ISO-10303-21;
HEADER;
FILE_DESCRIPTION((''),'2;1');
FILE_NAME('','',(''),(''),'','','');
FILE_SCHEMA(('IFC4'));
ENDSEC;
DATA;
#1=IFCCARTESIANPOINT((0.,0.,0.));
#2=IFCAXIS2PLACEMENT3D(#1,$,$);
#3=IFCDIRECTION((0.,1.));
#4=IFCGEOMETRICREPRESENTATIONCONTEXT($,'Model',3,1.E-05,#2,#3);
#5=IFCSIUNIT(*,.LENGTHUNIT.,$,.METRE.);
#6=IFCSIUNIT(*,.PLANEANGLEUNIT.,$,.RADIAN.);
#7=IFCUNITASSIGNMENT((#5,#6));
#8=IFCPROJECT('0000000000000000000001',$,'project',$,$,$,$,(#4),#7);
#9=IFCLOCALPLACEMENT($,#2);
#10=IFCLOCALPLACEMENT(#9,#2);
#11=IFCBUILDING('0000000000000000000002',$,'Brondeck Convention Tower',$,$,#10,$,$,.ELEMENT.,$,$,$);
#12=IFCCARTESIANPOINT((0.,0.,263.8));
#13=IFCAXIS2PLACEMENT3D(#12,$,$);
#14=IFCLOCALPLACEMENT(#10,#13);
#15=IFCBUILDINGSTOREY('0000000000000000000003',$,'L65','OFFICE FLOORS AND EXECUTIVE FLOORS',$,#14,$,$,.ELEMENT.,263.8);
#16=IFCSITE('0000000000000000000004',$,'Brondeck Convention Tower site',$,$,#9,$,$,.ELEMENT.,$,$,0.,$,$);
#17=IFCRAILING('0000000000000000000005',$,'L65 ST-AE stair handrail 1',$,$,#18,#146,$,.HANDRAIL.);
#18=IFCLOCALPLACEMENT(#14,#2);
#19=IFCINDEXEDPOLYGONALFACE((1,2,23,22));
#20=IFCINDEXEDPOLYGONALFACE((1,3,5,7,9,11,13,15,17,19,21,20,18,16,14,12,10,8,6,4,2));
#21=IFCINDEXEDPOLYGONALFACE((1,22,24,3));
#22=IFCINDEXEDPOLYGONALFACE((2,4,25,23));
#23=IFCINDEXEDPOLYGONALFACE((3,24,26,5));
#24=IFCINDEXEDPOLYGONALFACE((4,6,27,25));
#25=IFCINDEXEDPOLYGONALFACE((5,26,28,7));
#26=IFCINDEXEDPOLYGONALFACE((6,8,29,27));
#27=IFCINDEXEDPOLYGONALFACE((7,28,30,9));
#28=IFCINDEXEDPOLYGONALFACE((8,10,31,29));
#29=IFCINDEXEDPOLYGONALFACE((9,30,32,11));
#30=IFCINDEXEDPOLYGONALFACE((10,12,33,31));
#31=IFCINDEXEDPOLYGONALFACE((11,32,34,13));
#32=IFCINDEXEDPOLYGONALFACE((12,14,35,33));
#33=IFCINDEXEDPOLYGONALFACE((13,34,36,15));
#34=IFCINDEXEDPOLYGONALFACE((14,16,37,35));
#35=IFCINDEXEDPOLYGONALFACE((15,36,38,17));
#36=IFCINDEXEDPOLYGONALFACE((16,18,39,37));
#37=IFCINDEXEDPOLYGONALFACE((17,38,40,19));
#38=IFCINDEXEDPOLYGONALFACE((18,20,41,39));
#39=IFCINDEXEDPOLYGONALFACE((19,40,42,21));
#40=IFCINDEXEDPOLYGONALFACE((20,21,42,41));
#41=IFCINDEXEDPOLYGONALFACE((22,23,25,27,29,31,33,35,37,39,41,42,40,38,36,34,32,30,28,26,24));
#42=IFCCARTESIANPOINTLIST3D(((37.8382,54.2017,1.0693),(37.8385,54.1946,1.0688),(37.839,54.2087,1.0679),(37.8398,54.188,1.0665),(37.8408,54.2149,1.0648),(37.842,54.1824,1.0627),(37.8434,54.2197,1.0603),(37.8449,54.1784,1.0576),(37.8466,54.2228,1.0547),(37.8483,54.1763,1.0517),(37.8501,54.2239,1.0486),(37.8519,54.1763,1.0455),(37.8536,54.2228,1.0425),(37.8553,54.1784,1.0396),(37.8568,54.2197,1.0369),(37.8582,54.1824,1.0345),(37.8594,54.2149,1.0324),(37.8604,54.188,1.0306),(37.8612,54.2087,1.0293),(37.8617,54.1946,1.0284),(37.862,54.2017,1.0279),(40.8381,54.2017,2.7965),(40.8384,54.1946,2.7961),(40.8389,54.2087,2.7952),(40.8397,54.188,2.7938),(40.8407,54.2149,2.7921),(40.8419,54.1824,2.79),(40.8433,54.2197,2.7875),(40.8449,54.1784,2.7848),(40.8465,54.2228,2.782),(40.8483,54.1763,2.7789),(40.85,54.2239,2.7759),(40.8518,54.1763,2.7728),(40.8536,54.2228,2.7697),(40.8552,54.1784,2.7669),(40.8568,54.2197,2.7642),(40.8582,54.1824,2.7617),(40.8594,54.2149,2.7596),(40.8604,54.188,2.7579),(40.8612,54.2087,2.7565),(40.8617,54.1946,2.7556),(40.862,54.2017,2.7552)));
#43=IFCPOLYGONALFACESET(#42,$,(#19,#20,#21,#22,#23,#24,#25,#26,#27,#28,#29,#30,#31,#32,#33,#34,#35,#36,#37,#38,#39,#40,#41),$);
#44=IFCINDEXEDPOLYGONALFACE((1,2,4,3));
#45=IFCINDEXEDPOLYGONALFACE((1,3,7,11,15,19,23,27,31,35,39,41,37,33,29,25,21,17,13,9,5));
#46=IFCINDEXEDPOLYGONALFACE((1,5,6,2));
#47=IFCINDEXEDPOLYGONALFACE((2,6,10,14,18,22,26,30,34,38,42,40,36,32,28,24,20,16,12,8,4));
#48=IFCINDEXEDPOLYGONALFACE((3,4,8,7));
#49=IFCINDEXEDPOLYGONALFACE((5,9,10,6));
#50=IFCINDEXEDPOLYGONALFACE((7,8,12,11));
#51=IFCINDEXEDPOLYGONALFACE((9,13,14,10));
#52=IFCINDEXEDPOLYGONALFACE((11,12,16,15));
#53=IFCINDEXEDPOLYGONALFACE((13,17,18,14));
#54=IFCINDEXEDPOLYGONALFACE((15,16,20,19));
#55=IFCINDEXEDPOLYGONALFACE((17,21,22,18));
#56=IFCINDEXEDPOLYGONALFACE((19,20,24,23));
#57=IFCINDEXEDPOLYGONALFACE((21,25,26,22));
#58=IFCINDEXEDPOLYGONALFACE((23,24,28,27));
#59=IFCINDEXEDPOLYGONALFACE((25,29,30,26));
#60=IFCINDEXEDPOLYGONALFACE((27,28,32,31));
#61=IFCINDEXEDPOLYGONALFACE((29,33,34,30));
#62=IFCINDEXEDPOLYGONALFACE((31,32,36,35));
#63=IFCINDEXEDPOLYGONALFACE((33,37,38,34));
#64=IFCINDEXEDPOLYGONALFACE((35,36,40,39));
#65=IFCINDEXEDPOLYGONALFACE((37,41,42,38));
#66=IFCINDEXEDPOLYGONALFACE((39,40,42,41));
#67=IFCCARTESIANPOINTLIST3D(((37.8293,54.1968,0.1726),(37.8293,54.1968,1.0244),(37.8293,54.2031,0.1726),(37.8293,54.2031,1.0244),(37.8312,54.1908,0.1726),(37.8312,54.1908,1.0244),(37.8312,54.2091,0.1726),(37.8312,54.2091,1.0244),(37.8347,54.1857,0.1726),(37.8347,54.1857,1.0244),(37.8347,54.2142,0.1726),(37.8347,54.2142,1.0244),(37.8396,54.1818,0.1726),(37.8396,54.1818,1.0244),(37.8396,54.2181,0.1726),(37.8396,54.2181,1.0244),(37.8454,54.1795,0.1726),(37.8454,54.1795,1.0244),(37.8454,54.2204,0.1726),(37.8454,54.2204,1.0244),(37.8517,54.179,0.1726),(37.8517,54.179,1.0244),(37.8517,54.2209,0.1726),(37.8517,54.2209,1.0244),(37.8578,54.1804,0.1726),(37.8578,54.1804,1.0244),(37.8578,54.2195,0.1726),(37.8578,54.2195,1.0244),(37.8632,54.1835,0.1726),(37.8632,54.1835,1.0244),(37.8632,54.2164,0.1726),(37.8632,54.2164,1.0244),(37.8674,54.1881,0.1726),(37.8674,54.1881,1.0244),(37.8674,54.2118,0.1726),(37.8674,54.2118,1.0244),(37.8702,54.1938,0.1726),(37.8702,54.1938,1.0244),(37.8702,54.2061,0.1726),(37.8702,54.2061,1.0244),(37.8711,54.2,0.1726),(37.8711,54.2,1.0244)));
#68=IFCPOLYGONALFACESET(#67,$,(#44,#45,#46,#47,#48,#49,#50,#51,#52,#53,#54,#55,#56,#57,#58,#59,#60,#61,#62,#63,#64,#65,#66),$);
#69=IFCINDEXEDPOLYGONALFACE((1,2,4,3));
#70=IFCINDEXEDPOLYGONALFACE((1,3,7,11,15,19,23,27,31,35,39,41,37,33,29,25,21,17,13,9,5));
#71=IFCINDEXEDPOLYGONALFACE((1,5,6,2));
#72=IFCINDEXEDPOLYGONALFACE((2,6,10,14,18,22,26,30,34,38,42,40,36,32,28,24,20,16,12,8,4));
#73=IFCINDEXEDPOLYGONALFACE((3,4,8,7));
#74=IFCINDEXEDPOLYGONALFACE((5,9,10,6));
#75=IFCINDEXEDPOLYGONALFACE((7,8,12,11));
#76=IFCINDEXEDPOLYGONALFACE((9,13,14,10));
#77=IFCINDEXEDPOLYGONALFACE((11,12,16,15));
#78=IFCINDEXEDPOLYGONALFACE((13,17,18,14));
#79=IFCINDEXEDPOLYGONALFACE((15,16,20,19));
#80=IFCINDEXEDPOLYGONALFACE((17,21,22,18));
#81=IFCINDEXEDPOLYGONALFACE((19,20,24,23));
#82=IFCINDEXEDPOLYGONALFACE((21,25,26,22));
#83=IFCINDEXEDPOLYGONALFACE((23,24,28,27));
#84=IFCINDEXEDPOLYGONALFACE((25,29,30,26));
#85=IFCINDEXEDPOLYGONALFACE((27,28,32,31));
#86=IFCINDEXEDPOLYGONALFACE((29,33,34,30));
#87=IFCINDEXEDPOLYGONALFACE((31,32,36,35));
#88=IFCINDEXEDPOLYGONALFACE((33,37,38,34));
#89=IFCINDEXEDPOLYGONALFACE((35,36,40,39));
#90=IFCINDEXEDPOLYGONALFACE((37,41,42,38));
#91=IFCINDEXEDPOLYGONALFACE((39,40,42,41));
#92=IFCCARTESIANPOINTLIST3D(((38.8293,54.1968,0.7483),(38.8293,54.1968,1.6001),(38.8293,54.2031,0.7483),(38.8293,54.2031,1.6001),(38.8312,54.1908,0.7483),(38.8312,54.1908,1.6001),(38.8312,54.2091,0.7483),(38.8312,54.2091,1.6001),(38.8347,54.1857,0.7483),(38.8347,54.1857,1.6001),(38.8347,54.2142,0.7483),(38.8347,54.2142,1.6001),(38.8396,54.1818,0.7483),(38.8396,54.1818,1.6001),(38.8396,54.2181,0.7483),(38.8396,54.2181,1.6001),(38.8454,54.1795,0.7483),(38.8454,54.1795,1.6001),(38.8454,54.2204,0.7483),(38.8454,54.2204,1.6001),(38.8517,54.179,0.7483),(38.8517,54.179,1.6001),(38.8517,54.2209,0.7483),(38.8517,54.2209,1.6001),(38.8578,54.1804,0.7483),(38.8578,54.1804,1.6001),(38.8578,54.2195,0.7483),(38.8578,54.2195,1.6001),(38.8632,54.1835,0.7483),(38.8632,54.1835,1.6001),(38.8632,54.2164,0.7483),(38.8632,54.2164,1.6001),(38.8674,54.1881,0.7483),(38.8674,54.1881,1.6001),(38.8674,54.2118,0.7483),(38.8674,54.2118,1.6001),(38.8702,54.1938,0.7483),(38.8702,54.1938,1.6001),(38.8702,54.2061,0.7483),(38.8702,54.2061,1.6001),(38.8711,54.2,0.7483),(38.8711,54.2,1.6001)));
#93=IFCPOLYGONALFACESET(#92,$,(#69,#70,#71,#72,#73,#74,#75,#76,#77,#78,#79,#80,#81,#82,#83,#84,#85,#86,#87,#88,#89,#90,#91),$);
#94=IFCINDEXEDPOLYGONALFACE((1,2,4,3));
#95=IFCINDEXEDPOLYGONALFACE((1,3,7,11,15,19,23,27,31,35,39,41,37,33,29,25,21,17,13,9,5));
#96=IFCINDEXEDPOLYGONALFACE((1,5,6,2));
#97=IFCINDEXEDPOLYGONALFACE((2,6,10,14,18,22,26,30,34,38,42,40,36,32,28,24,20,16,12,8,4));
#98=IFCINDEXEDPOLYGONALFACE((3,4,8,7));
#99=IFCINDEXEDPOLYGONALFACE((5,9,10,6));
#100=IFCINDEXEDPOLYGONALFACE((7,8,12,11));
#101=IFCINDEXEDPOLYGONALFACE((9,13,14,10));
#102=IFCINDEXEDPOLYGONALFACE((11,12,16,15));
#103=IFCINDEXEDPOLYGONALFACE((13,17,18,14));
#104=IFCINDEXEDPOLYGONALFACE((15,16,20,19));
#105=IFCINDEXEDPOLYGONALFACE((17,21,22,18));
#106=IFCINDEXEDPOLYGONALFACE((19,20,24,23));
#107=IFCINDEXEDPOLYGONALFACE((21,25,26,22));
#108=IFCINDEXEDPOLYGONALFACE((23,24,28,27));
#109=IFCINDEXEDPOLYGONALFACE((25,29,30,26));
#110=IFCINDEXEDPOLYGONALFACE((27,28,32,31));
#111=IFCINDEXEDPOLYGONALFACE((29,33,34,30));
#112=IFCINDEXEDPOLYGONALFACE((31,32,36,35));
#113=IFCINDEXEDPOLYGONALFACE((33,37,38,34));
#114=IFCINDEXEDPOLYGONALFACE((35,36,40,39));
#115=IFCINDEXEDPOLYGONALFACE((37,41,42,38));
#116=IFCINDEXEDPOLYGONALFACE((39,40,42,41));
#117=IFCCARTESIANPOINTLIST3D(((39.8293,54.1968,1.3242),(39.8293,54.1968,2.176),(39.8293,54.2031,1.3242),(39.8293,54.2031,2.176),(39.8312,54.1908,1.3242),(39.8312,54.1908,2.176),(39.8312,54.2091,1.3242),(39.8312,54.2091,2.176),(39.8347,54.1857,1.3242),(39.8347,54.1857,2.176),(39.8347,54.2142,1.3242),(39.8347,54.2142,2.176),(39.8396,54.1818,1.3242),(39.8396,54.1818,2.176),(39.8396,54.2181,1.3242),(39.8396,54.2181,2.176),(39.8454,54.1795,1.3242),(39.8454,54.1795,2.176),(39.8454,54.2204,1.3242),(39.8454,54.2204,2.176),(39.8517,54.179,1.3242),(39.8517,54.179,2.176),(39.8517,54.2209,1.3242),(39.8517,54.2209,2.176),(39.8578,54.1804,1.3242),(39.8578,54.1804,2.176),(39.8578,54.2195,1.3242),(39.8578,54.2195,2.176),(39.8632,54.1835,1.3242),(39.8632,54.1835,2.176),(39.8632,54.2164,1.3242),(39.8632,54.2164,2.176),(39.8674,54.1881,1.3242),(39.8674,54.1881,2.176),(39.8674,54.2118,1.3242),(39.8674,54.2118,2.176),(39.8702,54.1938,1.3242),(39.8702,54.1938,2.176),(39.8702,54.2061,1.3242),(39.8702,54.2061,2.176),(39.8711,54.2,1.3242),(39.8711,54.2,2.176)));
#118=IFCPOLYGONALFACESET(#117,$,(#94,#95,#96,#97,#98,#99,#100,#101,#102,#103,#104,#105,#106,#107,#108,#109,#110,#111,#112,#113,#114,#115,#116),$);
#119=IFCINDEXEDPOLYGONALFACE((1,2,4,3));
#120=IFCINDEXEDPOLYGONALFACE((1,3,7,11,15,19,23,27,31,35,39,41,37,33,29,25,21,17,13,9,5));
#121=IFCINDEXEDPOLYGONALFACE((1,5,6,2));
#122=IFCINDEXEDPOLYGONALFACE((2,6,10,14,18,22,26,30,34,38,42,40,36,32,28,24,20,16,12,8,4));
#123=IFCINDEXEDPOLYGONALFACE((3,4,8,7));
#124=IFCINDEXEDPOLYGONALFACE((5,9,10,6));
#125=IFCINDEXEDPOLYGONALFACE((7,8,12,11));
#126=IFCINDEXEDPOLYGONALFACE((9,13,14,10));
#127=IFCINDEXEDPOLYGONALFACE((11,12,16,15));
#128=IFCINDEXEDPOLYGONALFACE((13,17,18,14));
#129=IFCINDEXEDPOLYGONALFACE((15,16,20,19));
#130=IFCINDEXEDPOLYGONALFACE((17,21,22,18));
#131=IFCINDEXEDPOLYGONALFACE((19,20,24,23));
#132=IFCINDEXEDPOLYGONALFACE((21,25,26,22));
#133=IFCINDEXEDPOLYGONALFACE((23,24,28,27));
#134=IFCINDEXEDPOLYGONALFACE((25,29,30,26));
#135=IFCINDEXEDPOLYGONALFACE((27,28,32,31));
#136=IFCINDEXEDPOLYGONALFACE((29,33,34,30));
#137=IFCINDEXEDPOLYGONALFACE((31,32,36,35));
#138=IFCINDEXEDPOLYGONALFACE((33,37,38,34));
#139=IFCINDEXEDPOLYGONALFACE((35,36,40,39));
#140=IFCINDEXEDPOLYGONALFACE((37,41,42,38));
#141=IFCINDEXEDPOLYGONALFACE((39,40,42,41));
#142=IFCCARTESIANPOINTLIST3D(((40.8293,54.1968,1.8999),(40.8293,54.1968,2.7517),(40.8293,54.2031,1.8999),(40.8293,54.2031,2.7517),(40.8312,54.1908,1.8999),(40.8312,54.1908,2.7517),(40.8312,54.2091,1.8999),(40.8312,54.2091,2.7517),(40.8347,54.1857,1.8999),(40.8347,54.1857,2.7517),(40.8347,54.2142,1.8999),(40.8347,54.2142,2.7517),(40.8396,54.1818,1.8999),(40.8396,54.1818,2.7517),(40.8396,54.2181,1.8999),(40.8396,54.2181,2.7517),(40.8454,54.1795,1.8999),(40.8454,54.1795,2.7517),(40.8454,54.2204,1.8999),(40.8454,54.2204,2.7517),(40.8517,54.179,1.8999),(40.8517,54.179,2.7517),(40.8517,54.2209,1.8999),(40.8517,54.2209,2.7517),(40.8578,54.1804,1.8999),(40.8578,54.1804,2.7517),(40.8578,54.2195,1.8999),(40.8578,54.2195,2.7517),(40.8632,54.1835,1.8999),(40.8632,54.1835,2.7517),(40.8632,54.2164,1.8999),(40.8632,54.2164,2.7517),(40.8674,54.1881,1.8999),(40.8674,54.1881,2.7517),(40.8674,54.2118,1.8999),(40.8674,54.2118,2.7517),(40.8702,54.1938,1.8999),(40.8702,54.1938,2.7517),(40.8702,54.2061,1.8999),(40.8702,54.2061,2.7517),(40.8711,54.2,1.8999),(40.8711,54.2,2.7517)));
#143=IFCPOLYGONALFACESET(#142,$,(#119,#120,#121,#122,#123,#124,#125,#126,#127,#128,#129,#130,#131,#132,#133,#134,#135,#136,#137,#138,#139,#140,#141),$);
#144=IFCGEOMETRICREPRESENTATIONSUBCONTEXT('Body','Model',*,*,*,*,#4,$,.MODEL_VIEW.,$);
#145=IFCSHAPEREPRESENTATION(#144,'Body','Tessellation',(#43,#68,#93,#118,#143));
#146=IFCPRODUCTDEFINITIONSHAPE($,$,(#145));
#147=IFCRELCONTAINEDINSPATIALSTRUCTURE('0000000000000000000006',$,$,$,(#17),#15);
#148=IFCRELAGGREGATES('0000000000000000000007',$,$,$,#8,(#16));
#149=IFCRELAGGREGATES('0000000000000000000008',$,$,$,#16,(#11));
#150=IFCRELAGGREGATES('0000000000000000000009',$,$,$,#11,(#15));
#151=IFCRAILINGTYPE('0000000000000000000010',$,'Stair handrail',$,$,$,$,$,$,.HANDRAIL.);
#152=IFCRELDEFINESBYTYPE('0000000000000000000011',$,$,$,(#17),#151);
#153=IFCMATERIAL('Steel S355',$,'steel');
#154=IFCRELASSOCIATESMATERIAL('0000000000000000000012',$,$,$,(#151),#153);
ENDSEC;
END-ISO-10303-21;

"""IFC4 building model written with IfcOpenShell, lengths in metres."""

from ifc_helpers import new_model, si_unit, direction, frame, origin, origin_2d, place, context, subcontext, project, spatial, circle, extrude, material, type_object, element, save


model = new_model("IFC4")

# Units and contexts
model_context = context("Model", 3, precision=1e-05, world=origin(), true_north=direction((0.0, 1.0)))
body_context = subcontext(model_context, "Body", "Model", "MODEL_VIEW")
ifc_project = project(units=[si_unit("LENGTHUNIT", "METRE"), si_unit("PLANEANGLEUNIT", "RADIAN")], contexts=[model_context])

# Site, building, storey
site_placement = place(None, origin())
site = spatial("IfcSite", under=ifc_project, at=site_placement, Name="Brondeck Convention Tower site", CompositionType="ELEMENT", RefElevation=0.0)
building_placement = place(site_placement, origin())
building = spatial("IfcBuilding", under=site, at=building_placement, Name="Brondeck Convention Tower", CompositionType="ELEMENT")
storey_placement = place(building_placement, frame((0.0, 0.0, 263.8)))
storey = spatial("IfcBuildingStorey", under=building, at=storey_placement, Name="L65", Description="OFFICE FLOORS AND EXECUTIVE FLOORS", CompositionType="ELEMENT", Elevation=263.8)

# Shared definitions
ifc_material_1 = material(Name="Steel S355", Category="steel")

# Railing
railing_type_1 = type_object("IfcRailingType", Name="Stair handrail", PredefinedType="HANDRAIL", material=ifc_material_1)
railing_1_placement = place(storey_placement, frame((37.8501, 54.2, 0.1726)))
element("IfcRailing", 1, at=railing_1_placement, inside=storey, type_object=railing_type_1, Name="L65 ST-AE stair handrail 1", PredefinedType="HANDRAIL", context=body_context, shape_type="SweptSolid", body=[
    extrude(circle(Radius=0.0239, at=origin_2d()), frame((0.0, 0.0, 0.876), z_axis=(0.86662, 0.0, 0.498969), x_axis=(0.0, 1.0, 0.0)), (0.0, 0.0, 1.0), 3.4617),
    extrude(circle(Radius=0.021, at=origin_2d()), origin(), (0.0, 0.0, 1.0), 0.8518),
    extrude(circle(Radius=0.021, at=origin_2d()), frame((1.0, 0.0, 0.5757)), (0.0, 0.0, 1.0), 0.8518),
    extrude(circle(Radius=0.021, at=origin_2d()), frame((2.0, 0.0, 1.1516)), (0.0, 0.0, 1.0), 0.8518),
    extrude(circle(Radius=0.021, at=origin_2d()), frame((3.0, 0.0, 1.7273)), (0.0, 0.0, 1.0), 0.8518),
])

save(model, "model.ifc")
